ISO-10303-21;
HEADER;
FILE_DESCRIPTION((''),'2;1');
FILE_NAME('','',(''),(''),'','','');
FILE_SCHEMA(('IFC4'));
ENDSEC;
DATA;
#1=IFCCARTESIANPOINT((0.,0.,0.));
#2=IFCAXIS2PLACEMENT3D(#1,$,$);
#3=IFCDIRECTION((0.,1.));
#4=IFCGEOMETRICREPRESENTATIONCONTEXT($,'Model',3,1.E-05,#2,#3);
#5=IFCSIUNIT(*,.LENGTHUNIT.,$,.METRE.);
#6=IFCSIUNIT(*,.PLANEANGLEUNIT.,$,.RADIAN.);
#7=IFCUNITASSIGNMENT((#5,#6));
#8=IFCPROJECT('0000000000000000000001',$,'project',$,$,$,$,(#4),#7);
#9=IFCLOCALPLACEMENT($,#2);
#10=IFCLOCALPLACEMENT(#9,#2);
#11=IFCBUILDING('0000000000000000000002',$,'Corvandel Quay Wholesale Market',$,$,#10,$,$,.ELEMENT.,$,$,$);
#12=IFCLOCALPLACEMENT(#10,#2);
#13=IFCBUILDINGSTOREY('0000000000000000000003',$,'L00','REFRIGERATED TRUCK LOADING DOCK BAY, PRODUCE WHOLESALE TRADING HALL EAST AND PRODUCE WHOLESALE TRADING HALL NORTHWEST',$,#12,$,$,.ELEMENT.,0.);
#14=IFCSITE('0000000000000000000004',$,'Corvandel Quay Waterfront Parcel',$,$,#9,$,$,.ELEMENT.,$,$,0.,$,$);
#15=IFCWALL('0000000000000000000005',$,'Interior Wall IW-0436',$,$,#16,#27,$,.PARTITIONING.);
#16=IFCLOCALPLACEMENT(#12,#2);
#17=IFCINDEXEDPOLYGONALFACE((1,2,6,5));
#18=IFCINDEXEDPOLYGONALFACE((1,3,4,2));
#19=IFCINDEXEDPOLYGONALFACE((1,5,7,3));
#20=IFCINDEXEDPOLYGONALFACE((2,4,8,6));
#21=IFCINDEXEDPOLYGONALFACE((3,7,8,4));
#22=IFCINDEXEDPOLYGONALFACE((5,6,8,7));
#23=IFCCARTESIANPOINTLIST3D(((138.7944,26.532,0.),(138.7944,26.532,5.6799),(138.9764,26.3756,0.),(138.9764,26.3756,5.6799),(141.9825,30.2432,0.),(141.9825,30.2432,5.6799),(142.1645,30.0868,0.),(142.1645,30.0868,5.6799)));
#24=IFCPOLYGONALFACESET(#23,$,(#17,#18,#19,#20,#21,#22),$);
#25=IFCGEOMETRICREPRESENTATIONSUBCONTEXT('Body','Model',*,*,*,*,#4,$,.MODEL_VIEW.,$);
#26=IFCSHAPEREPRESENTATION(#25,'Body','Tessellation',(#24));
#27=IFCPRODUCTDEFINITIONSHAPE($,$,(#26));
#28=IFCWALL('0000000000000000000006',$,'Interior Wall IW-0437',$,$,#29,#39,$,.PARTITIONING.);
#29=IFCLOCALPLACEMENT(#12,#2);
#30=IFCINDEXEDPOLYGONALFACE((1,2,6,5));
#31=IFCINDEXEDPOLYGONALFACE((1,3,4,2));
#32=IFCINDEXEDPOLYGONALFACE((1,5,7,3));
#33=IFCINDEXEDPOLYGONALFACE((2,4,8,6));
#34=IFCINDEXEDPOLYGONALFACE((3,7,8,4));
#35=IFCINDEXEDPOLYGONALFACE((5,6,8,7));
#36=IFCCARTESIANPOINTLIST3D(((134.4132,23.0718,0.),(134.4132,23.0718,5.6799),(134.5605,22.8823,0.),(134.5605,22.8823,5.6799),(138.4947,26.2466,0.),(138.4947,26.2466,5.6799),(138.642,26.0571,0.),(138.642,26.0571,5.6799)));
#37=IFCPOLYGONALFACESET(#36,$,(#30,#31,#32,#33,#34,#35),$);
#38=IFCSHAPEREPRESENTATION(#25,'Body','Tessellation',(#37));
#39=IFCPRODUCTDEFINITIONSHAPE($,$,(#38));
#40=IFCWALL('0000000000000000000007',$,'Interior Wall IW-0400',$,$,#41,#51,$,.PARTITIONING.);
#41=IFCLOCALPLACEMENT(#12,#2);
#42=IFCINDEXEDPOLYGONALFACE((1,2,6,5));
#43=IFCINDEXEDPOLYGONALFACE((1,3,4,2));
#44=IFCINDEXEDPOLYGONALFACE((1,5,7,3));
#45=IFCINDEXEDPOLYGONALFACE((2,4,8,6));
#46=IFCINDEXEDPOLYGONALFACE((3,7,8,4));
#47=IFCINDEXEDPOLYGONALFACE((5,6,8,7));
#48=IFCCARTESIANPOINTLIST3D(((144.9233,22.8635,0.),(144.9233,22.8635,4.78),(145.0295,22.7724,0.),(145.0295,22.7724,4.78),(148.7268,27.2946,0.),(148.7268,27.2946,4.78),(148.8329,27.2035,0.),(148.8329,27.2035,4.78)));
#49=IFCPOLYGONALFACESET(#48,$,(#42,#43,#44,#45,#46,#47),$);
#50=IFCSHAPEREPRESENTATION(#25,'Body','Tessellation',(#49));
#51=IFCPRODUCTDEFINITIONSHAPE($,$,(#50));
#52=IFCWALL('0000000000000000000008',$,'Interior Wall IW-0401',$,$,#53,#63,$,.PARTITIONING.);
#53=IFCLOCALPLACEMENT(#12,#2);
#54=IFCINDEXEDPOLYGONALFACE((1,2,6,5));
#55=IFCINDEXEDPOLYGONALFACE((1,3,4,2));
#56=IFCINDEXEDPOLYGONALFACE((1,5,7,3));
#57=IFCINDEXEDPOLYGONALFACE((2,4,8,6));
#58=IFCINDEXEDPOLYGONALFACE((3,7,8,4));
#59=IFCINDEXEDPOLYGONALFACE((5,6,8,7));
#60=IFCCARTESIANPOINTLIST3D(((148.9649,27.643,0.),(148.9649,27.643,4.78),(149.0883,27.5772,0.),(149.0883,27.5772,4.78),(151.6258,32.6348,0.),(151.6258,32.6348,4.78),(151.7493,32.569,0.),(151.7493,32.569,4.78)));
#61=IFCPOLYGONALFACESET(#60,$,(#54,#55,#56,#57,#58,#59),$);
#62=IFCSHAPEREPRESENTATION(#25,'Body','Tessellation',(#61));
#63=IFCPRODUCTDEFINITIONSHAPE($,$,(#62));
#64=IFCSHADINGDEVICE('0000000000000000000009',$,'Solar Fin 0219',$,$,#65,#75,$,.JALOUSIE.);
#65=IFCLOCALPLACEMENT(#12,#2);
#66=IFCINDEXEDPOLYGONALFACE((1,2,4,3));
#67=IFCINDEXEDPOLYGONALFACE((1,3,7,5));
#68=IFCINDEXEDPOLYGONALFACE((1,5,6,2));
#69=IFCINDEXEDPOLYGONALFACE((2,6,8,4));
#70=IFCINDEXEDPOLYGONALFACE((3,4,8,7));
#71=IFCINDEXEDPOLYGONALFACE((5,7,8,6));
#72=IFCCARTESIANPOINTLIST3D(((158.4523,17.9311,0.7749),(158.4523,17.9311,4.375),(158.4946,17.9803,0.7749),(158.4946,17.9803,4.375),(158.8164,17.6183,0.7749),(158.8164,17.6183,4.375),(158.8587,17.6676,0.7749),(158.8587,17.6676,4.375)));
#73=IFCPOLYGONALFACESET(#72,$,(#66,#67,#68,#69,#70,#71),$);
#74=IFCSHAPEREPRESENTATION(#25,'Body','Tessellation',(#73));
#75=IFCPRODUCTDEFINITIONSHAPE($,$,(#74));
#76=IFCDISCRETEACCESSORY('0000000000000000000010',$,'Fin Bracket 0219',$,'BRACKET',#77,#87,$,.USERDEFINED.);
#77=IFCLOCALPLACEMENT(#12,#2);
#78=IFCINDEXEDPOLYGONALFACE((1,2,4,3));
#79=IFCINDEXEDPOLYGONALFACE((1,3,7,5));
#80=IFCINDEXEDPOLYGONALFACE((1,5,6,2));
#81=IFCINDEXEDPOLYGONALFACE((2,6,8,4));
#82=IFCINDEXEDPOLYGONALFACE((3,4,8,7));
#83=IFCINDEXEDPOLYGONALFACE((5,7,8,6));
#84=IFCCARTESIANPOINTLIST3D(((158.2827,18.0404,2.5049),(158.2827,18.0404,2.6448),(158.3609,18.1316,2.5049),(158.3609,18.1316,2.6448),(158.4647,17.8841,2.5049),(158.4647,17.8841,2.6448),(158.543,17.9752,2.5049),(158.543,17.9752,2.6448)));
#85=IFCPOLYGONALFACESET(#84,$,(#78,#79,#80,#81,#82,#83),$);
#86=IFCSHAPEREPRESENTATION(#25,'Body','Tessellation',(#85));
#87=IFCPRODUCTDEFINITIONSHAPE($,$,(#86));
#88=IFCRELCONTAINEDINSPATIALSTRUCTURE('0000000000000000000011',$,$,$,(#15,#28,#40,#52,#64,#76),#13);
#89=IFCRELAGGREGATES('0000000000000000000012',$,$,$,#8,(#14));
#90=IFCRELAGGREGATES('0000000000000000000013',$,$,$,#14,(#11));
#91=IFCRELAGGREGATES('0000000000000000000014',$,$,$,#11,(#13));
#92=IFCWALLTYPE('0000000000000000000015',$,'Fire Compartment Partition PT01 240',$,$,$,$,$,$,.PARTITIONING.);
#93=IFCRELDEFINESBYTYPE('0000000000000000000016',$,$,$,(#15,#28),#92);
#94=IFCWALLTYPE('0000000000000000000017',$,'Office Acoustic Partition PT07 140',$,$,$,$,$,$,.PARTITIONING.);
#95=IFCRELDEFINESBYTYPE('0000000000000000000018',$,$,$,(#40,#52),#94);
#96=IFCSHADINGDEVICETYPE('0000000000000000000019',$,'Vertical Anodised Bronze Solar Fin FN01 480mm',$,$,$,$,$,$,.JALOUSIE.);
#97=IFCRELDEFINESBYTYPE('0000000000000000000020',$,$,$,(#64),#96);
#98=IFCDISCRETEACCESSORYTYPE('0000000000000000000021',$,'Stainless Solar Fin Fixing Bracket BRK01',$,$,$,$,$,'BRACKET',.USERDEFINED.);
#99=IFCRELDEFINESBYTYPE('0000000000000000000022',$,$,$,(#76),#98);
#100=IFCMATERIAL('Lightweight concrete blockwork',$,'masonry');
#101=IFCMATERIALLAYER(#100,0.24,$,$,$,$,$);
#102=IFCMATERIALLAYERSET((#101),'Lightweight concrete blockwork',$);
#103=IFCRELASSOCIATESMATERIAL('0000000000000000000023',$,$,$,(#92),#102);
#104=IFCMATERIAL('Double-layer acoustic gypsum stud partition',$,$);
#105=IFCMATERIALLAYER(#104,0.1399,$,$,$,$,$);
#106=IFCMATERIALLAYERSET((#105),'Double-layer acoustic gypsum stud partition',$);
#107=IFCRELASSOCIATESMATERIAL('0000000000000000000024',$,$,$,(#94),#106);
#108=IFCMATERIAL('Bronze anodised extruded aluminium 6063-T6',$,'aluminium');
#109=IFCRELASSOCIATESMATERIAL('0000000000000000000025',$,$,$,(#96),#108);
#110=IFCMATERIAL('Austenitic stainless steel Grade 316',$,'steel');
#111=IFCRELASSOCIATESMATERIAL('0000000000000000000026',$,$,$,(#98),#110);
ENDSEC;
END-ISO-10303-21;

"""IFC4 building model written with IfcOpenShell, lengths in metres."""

from ifc_helpers import new_model, si_unit, direction, frame, frame_2d, origin, origin_2d, place, context, subcontext, project, spatial, rectangle, extrude, material, layer, layer_set, type_object, element, save


model = new_model("IFC4")

# Units and contexts
model_context = context("Model", 3, precision=1e-05, world=origin(), true_north=direction((0.0, 1.0)))
body_context = subcontext(model_context, "Body", "Model", "MODEL_VIEW")
ifc_project = project(units=[si_unit("LENGTHUNIT", "METRE"), si_unit("PLANEANGLEUNIT", "RADIAN")], contexts=[model_context])

# Site, building, storey
site_placement = place(None, origin())
site = spatial("IfcSite", under=ifc_project, at=site_placement, Name="Corvandel Quay Waterfront Parcel", CompositionType="ELEMENT", RefElevation=0.0)
building_placement = place(site_placement, origin())
building = spatial("IfcBuilding", under=site, at=building_placement, Name="Corvandel Quay Wholesale Market", CompositionType="ELEMENT")
storey_placement = place(building_placement, origin())
storey = spatial("IfcBuildingStorey", under=building, at=storey_placement, Name="L00", Description="REFRIGERATED TRUCK LOADING DOCK BAY, PRODUCE WHOLESALE TRADING HALL EAST AND PRODUCE WHOLESALE TRADING HALL NORTHWEST", CompositionType="ELEMENT", Elevation=0.0)

# Shared definitions
ifc_material_1 = material(Name="Lightweight concrete blockwork", Category="masonry")
ifc_layer_1 = layer(ifc_material_1, 0.24)
ifc_layer_set_1 = layer_set([ifc_layer_1], Name="Lightweight concrete blockwork")
wall_type_1 = type_object("IfcWallType", Name="Fire Compartment Partition PT01 240", PredefinedType="PARTITIONING", material=ifc_layer_set_1)

# Walls
wall_1_placement = place(storey_placement, frame((142.0735, 30.165, 0.0), z_axis=(0.0, 0.0, 1.0), x_axis=(-0.651613, -0.758552, 0.0)))
element("IfcWall", 1, at=wall_1_placement, inside=storey, type_object=wall_type_1, Name="Interior Wall IW-0436", PredefinedType="PARTITIONING", context=body_context, shape_type="SweptSolid", body=[
    extrude(rectangle(XDim=4.8926, YDim=0.24, at=frame_2d((2.4463, 0.0))), origin(), (0.0, 0.0, 1.0), 5.6799),
])
wall_2_placement = place(storey_placement, frame((138.5684, 26.1519, 0.0), z_axis=(0.0, 0.0, 1.0), x_axis=(-0.789327, -0.613973, 0.0)))
element("IfcWall", 2, at=wall_2_placement, inside=storey, type_object=wall_type_1, Name="Interior Wall IW-0437", PredefinedType="PARTITIONING", context=body_context, shape_type="SweptSolid", body=[
    extrude(rectangle(XDim=5.1709, YDim=0.24, at=frame_2d((2.5854, 0.0))), origin(), (0.0, 0.0, 1.0), 5.6799),
])
ifc_material_2 = material(Name="Double-layer acoustic gypsum stud partition")
ifc_layer_2 = layer(ifc_material_2, 0.1399)
ifc_layer_set_2 = layer_set([ifc_layer_2], Name="Double-layer acoustic gypsum stud partition")
wall_type_2 = type_object("IfcWallType", Name="Office Acoustic Partition PT07 140", PredefinedType="PARTITIONING", material=ifc_layer_set_2)
wall_3_placement = place(storey_placement, frame((144.9763, 22.8179, 0.0), z_axis=(0.0, 0.0, 1.0), x_axis=(0.651318, 0.758805, 0.0)))
element("IfcWall", 3, at=wall_3_placement, inside=storey, type_object=wall_type_2, Name="Interior Wall IW-0400", PredefinedType="PARTITIONING", context=body_context, shape_type="SweptSolid", body=[
    extrude(rectangle(XDim=5.8396, YDim=0.1399, at=frame_2d((2.9199, 0.0))), origin(), (0.0, 0.0, 1.0), 4.78),
])
wall_4_placement = place(storey_placement, frame((149.0266, 27.6101, 0.0), z_axis=(0.0, 0.0, 1.0), x_axis=(0.470402, 0.882452, 0.0)))
element("IfcWall", 4, at=wall_4_placement, inside=storey, type_object=wall_type_2, Name="Interior Wall IW-0401", PredefinedType="PARTITIONING", context=body_context, shape_type="SweptSolid", body=[
    extrude(rectangle(XDim=5.6567, YDim=0.1399, at=frame_2d((2.8284, 0.0))), origin(), (0.0, 0.0, 1.0), 4.78),
])

# Shading device
ifc_material_3 = material(Name="Bronze anodised extruded aluminium 6063-T6", Category="aluminium")
shading_device_type = type_object("IfcShadingDeviceType", Name="Vertical Anodised Bronze Solar Fin FN01 480mm", PredefinedType="JALOUSIE", material=ifc_material_3)
shading_device_placement = place(storey_placement, frame((158.6555, 17.7993, 0.7749), z_axis=(0.0, 0.0, 1.0), x_axis=(-0.758589, 0.651569, 0.0)))
element("IfcShadingDevice", 5, at=shading_device_placement, inside=storey, type_object=shading_device_type, Name="Solar Fin 0219", PredefinedType="JALOUSIE", context=body_context, shape_type="SweptSolid", body=[
    extrude(rectangle(XDim=0.48, YDim=0.0649, at=origin_2d()), origin(), (0.0, 0.0, 1.0), 3.6001),
])

# Discrete accessory
ifc_material_4 = material(Name="Austenitic stainless steel Grade 316", Category="steel")
discrete_accessory_type = type_object("IfcDiscreteAccessoryType", Name="Stainless Solar Fin Fixing Bracket BRK01", ElementType="BRACKET", PredefinedType="USERDEFINED", material=ifc_material_4)
discrete_accessory_placement = place(storey_placement, frame((158.4128, 18.0078, 2.5049), z_axis=(0.0, 0.0, 1.0), x_axis=(-0.758589, 0.651569, 0.0)))
element("IfcDiscreteAccessory", 6, at=discrete_accessory_placement, inside=storey, type_object=discrete_accessory_type, Name="Fin Bracket 0219", ObjectType="BRACKET", PredefinedType="USERDEFINED", context=body_context, shape_type="SweptSolid", body=[
    extrude(rectangle(XDim=0.24, YDim=0.1201, at=origin_2d()), origin(), (0.0, 0.0, 1.0), 0.1399),
])

save(model, "model.ifc")
